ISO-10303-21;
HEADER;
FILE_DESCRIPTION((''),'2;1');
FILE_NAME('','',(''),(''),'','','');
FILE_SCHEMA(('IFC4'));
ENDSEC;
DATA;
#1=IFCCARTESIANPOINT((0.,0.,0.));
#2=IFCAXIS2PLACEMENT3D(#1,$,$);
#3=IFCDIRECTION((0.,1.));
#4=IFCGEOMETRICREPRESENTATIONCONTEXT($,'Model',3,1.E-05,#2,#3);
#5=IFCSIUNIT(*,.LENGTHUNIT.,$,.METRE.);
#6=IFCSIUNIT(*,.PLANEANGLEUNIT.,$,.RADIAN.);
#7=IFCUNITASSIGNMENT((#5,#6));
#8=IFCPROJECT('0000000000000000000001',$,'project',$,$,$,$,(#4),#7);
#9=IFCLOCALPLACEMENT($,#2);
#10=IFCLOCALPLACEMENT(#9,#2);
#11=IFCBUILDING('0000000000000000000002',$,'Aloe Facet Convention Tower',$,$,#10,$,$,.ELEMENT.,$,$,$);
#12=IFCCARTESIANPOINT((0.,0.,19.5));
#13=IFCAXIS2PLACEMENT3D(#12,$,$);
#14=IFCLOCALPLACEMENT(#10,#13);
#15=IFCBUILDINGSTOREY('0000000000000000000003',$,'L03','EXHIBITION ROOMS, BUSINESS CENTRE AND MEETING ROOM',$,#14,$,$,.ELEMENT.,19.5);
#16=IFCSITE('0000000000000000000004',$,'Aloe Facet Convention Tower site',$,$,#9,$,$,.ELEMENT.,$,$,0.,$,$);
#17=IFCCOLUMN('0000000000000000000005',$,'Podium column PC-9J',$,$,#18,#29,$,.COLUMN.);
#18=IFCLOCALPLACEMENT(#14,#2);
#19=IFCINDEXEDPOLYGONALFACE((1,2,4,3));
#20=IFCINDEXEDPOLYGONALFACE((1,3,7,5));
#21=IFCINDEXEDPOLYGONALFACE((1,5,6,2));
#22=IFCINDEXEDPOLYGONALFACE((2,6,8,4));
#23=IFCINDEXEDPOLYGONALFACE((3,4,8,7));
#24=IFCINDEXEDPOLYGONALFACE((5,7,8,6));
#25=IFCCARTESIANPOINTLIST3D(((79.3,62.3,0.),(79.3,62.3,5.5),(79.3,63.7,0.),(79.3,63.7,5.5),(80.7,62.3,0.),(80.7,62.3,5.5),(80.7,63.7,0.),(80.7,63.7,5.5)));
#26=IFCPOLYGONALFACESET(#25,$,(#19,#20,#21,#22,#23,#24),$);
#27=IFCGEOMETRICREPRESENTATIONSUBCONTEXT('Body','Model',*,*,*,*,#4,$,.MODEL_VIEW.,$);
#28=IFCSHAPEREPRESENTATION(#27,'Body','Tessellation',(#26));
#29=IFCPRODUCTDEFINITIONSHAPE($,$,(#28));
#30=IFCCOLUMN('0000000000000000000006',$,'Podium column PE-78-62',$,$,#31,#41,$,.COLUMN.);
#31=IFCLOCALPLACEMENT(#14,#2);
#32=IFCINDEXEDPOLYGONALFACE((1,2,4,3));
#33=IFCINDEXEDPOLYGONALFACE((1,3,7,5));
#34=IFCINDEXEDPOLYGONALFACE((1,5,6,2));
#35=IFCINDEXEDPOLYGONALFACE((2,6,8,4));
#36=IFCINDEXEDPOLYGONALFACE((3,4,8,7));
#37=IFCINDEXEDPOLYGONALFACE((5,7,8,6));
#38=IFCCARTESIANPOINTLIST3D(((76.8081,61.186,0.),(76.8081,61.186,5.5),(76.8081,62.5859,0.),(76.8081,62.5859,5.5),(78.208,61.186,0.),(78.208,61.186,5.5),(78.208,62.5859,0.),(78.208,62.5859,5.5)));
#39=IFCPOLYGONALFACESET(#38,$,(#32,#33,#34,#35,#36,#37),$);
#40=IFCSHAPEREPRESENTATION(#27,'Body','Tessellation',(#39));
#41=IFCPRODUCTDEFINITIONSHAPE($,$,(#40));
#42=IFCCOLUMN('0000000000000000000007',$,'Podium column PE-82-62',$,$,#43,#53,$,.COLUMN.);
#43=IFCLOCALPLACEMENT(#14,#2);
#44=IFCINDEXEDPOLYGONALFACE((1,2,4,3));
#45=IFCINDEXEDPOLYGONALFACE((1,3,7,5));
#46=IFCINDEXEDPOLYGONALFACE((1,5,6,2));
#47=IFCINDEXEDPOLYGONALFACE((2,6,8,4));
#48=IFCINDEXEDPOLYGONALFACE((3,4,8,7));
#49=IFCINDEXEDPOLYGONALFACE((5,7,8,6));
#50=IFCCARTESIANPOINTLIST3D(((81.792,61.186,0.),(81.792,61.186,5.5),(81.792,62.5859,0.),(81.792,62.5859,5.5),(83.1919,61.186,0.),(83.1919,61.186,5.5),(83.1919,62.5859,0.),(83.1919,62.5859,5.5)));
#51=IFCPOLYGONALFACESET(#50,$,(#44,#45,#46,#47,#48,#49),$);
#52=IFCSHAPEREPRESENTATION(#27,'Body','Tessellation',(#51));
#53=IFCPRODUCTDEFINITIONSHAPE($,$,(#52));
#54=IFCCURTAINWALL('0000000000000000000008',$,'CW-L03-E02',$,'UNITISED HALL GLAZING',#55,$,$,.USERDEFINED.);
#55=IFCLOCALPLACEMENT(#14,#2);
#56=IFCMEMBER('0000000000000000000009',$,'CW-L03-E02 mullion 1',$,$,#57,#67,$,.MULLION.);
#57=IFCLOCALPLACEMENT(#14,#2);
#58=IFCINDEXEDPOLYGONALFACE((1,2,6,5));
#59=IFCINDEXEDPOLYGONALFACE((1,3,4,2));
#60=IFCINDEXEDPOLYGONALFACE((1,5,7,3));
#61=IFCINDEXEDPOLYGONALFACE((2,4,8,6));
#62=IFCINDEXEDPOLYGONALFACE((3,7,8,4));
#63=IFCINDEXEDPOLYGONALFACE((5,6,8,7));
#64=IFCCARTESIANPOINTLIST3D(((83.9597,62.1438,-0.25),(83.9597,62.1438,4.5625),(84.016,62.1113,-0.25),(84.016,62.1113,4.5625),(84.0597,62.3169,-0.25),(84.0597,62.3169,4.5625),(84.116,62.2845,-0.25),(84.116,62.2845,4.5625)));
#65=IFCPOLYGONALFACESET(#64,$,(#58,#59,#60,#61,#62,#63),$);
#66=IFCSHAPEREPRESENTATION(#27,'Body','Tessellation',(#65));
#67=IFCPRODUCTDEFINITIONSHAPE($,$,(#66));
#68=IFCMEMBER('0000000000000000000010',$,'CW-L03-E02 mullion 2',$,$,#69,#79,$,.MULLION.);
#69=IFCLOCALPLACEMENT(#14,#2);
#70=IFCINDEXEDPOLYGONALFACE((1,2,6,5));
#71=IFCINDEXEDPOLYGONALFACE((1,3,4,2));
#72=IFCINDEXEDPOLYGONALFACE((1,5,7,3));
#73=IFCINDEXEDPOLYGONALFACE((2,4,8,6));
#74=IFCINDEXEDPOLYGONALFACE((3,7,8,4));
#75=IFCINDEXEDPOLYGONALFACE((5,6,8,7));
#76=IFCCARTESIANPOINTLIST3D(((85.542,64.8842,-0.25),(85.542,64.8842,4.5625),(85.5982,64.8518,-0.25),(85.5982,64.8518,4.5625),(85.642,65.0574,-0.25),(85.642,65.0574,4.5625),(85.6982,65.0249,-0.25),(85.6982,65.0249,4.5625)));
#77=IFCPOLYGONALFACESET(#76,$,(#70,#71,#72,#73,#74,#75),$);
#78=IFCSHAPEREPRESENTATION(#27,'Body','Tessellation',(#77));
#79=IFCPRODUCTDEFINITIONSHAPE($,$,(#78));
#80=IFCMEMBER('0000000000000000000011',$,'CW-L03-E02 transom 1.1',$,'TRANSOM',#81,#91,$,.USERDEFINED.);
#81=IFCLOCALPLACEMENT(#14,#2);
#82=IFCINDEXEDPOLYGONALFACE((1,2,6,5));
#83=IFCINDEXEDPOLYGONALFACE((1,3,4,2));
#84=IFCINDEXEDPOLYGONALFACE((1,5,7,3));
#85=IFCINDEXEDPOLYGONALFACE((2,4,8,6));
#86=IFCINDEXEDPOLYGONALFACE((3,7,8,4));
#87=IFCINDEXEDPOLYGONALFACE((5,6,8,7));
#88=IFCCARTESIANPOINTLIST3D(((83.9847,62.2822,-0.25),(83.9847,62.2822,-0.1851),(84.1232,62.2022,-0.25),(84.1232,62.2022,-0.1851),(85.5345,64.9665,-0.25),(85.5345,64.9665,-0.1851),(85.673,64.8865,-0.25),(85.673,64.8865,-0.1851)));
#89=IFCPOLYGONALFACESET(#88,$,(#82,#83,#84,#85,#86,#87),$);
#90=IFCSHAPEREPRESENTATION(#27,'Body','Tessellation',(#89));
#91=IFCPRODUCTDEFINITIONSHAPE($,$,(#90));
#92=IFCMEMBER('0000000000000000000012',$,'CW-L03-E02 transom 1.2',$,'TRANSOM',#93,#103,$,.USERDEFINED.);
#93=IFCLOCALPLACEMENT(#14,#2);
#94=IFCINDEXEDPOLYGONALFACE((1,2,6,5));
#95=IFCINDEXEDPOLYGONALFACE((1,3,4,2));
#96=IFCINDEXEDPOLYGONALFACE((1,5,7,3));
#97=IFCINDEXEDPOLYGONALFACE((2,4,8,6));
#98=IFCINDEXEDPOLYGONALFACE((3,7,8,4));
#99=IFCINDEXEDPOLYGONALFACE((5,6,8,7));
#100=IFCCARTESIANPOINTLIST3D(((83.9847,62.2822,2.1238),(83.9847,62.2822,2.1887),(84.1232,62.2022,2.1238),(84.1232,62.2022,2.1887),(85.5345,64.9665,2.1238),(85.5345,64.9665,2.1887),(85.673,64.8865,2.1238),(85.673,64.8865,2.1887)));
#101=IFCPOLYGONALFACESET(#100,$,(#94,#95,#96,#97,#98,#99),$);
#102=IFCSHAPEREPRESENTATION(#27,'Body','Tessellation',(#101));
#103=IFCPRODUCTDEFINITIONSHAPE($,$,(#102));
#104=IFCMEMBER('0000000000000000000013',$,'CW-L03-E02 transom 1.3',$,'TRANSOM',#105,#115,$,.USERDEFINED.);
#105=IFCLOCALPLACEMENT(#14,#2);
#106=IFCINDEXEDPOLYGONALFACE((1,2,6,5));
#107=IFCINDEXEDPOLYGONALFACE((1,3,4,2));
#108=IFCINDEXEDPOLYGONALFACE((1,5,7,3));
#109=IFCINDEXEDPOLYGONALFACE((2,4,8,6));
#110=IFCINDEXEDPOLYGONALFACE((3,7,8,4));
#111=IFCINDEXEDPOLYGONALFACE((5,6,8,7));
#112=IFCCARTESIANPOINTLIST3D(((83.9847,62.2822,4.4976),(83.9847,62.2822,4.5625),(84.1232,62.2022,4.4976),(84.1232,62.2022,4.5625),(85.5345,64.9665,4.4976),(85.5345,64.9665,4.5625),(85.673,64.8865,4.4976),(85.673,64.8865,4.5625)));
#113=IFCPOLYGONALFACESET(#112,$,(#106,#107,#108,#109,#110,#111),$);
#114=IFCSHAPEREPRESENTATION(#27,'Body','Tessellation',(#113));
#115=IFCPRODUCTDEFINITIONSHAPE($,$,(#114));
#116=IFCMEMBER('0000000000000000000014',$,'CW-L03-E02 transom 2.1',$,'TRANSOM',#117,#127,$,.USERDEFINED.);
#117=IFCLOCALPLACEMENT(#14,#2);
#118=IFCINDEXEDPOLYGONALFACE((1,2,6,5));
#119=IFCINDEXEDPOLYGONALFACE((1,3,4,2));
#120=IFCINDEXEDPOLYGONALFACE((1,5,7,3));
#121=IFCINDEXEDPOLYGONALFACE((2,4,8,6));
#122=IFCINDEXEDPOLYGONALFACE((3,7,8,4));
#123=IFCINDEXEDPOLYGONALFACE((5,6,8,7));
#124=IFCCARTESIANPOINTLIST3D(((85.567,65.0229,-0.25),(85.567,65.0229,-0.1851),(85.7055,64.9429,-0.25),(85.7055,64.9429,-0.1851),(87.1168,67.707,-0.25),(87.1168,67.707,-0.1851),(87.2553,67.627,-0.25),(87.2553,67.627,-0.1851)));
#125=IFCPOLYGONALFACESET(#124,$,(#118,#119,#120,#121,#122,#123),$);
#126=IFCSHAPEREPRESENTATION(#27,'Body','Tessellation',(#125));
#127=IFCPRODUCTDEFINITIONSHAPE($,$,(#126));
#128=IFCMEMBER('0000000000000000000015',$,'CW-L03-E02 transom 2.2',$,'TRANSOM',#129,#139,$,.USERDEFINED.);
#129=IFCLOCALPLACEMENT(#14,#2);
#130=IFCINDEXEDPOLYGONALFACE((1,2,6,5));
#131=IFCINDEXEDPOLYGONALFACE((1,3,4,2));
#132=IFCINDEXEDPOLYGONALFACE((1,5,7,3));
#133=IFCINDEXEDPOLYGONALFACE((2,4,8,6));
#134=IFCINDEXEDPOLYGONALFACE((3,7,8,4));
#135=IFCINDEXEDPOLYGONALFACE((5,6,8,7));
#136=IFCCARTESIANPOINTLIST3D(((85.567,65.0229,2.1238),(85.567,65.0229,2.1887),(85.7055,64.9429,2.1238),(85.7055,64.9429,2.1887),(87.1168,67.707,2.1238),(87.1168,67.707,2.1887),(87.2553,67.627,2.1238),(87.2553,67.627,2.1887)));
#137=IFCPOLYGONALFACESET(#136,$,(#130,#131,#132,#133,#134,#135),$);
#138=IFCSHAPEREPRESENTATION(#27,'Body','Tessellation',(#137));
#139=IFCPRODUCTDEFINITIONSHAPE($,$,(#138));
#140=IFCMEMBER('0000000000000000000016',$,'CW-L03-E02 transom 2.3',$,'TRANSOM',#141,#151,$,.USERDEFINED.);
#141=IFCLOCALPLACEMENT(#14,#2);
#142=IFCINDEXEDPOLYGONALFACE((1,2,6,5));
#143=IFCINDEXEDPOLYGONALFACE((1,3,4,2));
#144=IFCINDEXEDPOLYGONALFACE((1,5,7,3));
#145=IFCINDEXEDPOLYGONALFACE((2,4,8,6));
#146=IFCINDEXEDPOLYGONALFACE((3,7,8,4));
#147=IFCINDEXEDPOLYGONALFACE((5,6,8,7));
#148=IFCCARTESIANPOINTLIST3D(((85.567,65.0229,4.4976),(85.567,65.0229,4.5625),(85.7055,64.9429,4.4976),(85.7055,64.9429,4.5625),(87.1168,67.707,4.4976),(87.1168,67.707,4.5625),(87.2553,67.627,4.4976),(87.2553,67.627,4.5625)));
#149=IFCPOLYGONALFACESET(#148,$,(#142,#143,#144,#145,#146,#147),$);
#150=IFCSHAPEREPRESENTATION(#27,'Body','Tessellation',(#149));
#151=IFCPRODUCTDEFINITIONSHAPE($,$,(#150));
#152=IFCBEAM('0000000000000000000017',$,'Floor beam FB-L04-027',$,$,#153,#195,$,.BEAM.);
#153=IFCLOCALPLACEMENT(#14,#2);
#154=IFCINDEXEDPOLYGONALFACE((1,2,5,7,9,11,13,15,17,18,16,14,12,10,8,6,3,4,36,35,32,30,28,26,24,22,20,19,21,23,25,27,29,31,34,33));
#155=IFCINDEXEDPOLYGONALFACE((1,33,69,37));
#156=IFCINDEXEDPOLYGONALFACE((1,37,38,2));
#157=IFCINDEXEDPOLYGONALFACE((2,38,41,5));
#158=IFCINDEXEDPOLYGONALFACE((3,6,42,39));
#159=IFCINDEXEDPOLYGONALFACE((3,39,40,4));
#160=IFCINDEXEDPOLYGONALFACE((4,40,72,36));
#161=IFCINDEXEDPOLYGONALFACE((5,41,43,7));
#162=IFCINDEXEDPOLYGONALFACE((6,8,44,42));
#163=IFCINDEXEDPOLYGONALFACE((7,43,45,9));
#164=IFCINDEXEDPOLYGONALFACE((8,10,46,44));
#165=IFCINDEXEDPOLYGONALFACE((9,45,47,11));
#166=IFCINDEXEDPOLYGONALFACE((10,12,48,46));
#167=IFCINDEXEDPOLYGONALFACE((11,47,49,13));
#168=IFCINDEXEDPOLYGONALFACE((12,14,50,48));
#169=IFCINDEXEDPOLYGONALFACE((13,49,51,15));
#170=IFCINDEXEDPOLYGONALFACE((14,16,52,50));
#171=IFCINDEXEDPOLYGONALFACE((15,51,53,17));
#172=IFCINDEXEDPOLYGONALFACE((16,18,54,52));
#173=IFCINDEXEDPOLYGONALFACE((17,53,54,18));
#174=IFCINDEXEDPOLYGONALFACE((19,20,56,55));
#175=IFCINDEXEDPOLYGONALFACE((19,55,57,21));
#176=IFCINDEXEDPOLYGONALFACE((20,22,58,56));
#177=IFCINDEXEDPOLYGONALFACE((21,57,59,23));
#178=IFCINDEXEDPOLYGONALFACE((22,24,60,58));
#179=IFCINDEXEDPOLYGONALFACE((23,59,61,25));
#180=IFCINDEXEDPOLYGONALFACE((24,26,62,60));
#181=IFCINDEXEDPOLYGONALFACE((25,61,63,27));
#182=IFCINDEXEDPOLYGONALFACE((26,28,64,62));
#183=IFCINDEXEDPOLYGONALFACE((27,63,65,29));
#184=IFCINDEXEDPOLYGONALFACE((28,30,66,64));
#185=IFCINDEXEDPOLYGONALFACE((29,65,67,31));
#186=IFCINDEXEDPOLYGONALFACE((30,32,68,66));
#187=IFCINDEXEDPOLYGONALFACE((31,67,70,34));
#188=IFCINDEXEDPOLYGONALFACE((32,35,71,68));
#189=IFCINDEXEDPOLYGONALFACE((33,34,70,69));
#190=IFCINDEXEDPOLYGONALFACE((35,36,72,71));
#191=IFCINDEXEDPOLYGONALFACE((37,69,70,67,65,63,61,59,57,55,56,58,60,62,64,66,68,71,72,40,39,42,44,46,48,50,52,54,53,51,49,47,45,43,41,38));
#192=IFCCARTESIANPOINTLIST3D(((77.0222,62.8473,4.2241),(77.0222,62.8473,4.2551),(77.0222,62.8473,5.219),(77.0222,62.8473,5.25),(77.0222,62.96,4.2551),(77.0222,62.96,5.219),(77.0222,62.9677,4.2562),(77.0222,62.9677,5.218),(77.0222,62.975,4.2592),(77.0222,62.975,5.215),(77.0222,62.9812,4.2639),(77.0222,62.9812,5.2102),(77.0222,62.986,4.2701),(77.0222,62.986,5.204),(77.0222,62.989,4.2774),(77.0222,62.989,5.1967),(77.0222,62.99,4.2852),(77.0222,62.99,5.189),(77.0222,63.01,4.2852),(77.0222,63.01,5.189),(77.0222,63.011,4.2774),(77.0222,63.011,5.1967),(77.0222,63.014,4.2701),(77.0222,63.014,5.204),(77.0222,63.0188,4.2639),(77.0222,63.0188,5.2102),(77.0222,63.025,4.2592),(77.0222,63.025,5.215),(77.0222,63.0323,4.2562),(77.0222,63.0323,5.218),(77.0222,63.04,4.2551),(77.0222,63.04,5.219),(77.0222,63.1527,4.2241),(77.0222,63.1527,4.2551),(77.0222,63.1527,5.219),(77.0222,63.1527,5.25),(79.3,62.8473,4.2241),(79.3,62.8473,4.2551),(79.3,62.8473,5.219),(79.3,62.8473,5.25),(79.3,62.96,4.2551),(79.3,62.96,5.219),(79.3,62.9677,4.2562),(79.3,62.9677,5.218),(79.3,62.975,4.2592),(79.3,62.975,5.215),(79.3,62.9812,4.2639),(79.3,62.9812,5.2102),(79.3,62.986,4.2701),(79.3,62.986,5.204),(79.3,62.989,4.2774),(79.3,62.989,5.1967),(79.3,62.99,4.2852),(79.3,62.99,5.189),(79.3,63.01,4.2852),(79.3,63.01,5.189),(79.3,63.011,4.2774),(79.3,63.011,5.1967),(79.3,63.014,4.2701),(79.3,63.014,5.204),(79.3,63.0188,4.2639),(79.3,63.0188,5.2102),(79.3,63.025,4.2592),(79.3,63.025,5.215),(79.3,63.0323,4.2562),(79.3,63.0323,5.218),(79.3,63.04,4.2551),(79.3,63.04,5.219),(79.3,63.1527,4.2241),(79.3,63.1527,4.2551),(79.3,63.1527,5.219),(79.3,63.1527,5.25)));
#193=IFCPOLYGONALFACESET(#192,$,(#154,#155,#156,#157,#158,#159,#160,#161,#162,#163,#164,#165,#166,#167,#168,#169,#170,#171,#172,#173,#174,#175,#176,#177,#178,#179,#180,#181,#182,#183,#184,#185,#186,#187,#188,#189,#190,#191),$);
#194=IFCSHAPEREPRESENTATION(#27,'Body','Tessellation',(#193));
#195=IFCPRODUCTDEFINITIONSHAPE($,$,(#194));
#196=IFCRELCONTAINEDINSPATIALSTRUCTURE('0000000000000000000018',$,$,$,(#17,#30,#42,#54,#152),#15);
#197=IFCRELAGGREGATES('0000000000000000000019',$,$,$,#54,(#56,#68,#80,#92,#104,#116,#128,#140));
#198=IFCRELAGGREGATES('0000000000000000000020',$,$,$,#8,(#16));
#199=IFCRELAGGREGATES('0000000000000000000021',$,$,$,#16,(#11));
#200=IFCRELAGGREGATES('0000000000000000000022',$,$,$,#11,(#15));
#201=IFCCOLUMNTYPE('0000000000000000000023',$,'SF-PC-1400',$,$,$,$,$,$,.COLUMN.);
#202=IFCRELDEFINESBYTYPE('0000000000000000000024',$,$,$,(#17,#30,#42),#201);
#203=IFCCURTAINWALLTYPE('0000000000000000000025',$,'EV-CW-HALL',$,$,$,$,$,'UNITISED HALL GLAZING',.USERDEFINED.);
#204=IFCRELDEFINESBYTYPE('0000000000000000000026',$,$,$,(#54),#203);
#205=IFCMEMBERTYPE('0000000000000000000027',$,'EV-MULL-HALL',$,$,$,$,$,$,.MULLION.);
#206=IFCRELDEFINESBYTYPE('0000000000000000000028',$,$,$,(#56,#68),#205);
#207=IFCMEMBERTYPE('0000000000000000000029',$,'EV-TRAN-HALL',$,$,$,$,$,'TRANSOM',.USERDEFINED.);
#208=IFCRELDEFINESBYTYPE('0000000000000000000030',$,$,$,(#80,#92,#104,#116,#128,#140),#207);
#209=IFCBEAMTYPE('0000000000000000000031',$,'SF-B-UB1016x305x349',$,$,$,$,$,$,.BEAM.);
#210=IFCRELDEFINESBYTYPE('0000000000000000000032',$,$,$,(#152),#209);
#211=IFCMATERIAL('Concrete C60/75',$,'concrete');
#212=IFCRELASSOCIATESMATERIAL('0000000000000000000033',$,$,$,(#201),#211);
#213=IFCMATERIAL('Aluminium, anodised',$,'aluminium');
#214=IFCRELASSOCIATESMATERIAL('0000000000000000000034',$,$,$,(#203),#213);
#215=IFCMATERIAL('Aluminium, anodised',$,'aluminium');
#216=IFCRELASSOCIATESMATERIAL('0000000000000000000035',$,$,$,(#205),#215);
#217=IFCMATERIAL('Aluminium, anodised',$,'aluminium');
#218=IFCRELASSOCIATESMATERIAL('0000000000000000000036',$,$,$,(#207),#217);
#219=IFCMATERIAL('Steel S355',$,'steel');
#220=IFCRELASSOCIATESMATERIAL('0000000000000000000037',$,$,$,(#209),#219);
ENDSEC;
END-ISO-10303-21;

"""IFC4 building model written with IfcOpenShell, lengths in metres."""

from ifc_helpers import new_model, si_unit, direction, frame, origin, origin_2d, place, context, subcontext, project, spatial, rectangle, i_section, extrude, material, material_profile, profile_set, type_object, element, aggregate, save


model = new_model("IFC4")

# Units and contexts
model_context = context("Model", 3, precision=1e-05, world=origin(), true_north=direction((0.0, 1.0)))
body_context = subcontext(model_context, "Body", "Model", "MODEL_VIEW")
ifc_project = project(units=[si_unit("LENGTHUNIT", "METRE"), si_unit("PLANEANGLEUNIT", "RADIAN")], contexts=[model_context])

# Site, building, storey
site_placement = place(None, origin())
site = spatial("IfcSite", under=ifc_project, at=site_placement, Name="Aloe Facet Convention Tower site", CompositionType="ELEMENT", RefElevation=0.0)
building_placement = place(site_placement, origin())
building = spatial("IfcBuilding", under=site, at=building_placement, Name="Aloe Facet Convention Tower", CompositionType="ELEMENT")
storey_placement = place(building_placement, frame((0.0, 0.0, 19.5)))
storey = spatial("IfcBuildingStorey", under=building, at=storey_placement, Name="L03", Description="EXHIBITION ROOMS, BUSINESS CENTRE AND MEETING ROOM", CompositionType="ELEMENT", Elevation=19.5)

# Columns
ifc_material_1 = material(Name="Concrete C60/75", Category="concrete")
ifc_material_profile_1 = material_profile(ifc_material_1, rectangle(XDim=1.3999, YDim=1.3999, at=origin_2d()), Name="SF-PC-1400")
ifc_profile_set_1 = profile_set([ifc_material_profile_1], Name="Concrete C60/75")
column_type = type_object("IfcColumnType", Name="SF-PC-1400", PredefinedType="COLUMN", material=ifc_profile_set_1)
for number, where, z_axis, x_axis, name in (
    (1, (80.0, 63.0, 0.0), (0.0, 0.0, 1.0), (1.0, 0.0, 0.0), "Podium column PC-9J"),
    (2, (77.5081, 61.886, 0.0), (0.0, 0.0, 1.0), (1.0, 0.0, 0.0), "Podium column PE-78-62"),
    (3, (82.4919, 61.886, 0.0), (0.0, 0.0, 1.0), (1.0, 0.0, 0.0), "Podium column PE-82-62"),
):
    element("IfcColumn", number, at=place(storey_placement, frame(where, z_axis=z_axis, x_axis=x_axis)), inside=storey, type_object=column_type, Name=name, PredefinedType="COLUMN", context=body_context, shape_type="SweptSolid", body=[
        extrude(rectangle(XDim=1.3999, YDim=1.3999, at=origin_2d()), origin(), (0.0, 0.0, 1.0), 5.5),
    ])

# Curtain wall, members
ifc_material_2 = material(Name="Aluminium, anodised", Category="aluminium")
curtain_wall_type = type_object("IfcCurtainWallType", Name="EV-CW-HALL", ElementType="UNITISED HALL GLAZING", PredefinedType="USERDEFINED", material=ifc_material_2)
curtain_wall_placement = place(storey_placement, origin())
curtain_wall = element("IfcCurtainWall", 4, at=curtain_wall_placement, inside=storey, type_object=curtain_wall_type, Name="CW-L03-E02", ObjectType="UNITISED HALL GLAZING", PredefinedType="USERDEFINED")
ifc_material_3 = material(Name="Aluminium, anodised", Category="aluminium")
ifc_material_profile_2 = material_profile(ifc_material_3, rectangle(XDim=0.0649, YDim=0.2, at=origin_2d()), Name="AL 65x200")
ifc_profile_set_2 = profile_set([ifc_material_profile_2], Name="Aluminium, anodised")
member_type_1 = type_object("IfcMemberType", Name="EV-MULL-HALL", PredefinedType="MULLION", material=ifc_profile_set_2)
member_1_placement = place(storey_placement, frame((84.0378, 62.2141, -0.25), z_axis=(0.0, 0.0, 1.0), x_axis=(-0.866025, 0.5, 0.0)))
member_1 = element("IfcMember", 5, at=member_1_placement, type_object=member_type_1, Name="CW-L03-E02 mullion 1", PredefinedType="MULLION", context=body_context, shape_type="SweptSolid", body=[
    extrude(rectangle(XDim=0.0649, YDim=0.2, at=origin_2d()), origin(), (0.0, 0.0, 1.0), 4.8125),
])
member_2_placement = place(storey_placement, frame((85.6201, 64.9546, -0.25), z_axis=(0.0, 0.0, 1.0), x_axis=(-0.866025, 0.5, 0.0)))
member_2 = element("IfcMember", 6, at=member_2_placement, type_object=member_type_1, Name="CW-L03-E02 mullion 2", PredefinedType="MULLION", context=body_context, shape_type="SweptSolid", body=[
    extrude(rectangle(XDim=0.0649, YDim=0.2, at=origin_2d()), origin(), (0.0, 0.0, 1.0), 4.8125),
])
ifc_material_4 = material(Name="Aluminium, anodised", Category="aluminium")
ifc_material_profile_3 = material_profile(ifc_material_4, rectangle(XDim=0.1599, YDim=0.0649, at=origin_2d()), Name="AL 160x65")
ifc_profile_set_3 = profile_set([ifc_material_profile_3], Name="Aluminium, anodised")
member_type_2 = type_object("IfcMemberType", Name="EV-TRAN-HALL", ElementType="TRANSOM", PredefinedType="USERDEFINED", material=ifc_profile_set_3)
member_3_placement = place(storey_placement, frame((84.054, 62.2422, -0.2175), z_axis=(0.500002, 0.866024, 0.0), x_axis=(-0.866024, 0.500002, 0.0)))
member_3 = element("IfcMember", 7, at=member_3_placement, type_object=member_type_2, Name="CW-L03-E02 transom 1.1", ObjectType="TRANSOM", PredefinedType="USERDEFINED", context=body_context, shape_type="SweptSolid", body=[
    extrude(rectangle(XDim=0.1599, YDim=0.0649, at=origin_2d()), origin(), (0.0, 0.0, 1.0), 3.0996),
])
member_4_placement = place(storey_placement, frame((84.054, 62.2422, 2.1562), z_axis=(0.500002, 0.866024, 0.0), x_axis=(-0.866024, 0.500002, 0.0)))
member_4 = element("IfcMember", 8, at=member_4_placement, type_object=member_type_2, Name="CW-L03-E02 transom 1.2", ObjectType="TRANSOM", PredefinedType="USERDEFINED", context=body_context, shape_type="SweptSolid", body=[
    extrude(rectangle(XDim=0.1599, YDim=0.0649, at=origin_2d()), origin(), (0.0, 0.0, 1.0), 3.0996),
])
member_5_placement = place(storey_placement, frame((84.054, 62.2422, 4.53), z_axis=(0.500002, 0.866024, 0.0), x_axis=(-0.866024, 0.500002, 0.0)))
member_5 = element("IfcMember", 9, at=member_5_placement, type_object=member_type_2, Name="CW-L03-E02 transom 1.3", ObjectType="TRANSOM", PredefinedType="USERDEFINED", context=body_context, shape_type="SweptSolid", body=[
    extrude(rectangle(XDim=0.1599, YDim=0.0649, at=origin_2d()), origin(), (0.0, 0.0, 1.0), 3.0996),
])
member_6_placement = place(storey_placement, frame((85.6362, 64.9829, -0.2175), z_axis=(0.500036, 0.866005, 0.0), x_axis=(-0.866005, 0.500036, 0.0)))
member_6 = element("IfcMember", 10, at=member_6_placement, type_object=member_type_2, Name="CW-L03-E02 transom 2.1", ObjectType="TRANSOM", PredefinedType="USERDEFINED", context=body_context, shape_type="SweptSolid", body=[
    extrude(rectangle(XDim=0.1599, YDim=0.0649, at=origin_2d()), origin(), (0.0, 0.0, 1.0), 3.0994),
])
member_7_placement = place(storey_placement, frame((85.6362, 64.9829, 2.1562), z_axis=(0.500036, 0.866005, 0.0), x_axis=(-0.866005, 0.500036, 0.0)))
member_7 = element("IfcMember", 11, at=member_7_placement, type_object=member_type_2, Name="CW-L03-E02 transom 2.2", ObjectType="TRANSOM", PredefinedType="USERDEFINED", context=body_context, shape_type="SweptSolid", body=[
    extrude(rectangle(XDim=0.1599, YDim=0.0649, at=origin_2d()), origin(), (0.0, 0.0, 1.0), 3.0994),
])
member_8_placement = place(storey_placement, frame((85.6362, 64.9829, 4.53), z_axis=(0.500036, 0.866005, 0.0), x_axis=(-0.866005, 0.500036, 0.0)))
member_8 = element("IfcMember", 12, at=member_8_placement, type_object=member_type_2, Name="CW-L03-E02 transom 2.3", ObjectType="TRANSOM", PredefinedType="USERDEFINED", context=body_context, shape_type="SweptSolid", body=[
    extrude(rectangle(XDim=0.1599, YDim=0.0649, at=origin_2d()), origin(), (0.0, 0.0, 1.0), 3.0994),
])

# Beam
ifc_material_5 = material(Name="Steel S355", Category="steel")
ifc_material_profile_4 = material_profile(ifc_material_5, i_section(OverallWidth=0.3054, OverallDepth=1.0259, WebThickness=0.02, FlangeThickness=0.031, FilletRadius=0.03, at=origin_2d()), Name="UB 1016x305x349")
ifc_profile_set_4 = profile_set([ifc_material_profile_4], Name="Steel S355")
beam_type_1 = type_object("IfcBeamType", Name="SF-B-UB1016x305x349", PredefinedType="BEAM", material=ifc_profile_set_4)
for number, where, z_axis, x_axis, name in (
    (13, (77.0222, 63.0, 4.7371), (1.0, 0.0, 0.0), (0.0, 1.0, 0.0), "Floor beam FB-L04-027"),
):
    element("IfcBeam", number, at=place(storey_placement, frame(where, z_axis=z_axis, x_axis=x_axis)), inside=storey, type_object=beam_type_1, Name=name, PredefinedType="BEAM", context=body_context, shape_type="SweptSolid", body=[
        extrude(i_section(OverallWidth=0.3054, OverallDepth=1.0259, WebThickness=0.02, FlangeThickness=0.031, FilletRadius=0.03, at=origin_2d()), origin(), (0.0, 0.0, 1.0), 2.2778),
    ])

aggregate(curtain_wall, [member_1, member_2, member_3, member_4, member_5, member_6, member_7, member_8])

save(model, "model.ifc")
